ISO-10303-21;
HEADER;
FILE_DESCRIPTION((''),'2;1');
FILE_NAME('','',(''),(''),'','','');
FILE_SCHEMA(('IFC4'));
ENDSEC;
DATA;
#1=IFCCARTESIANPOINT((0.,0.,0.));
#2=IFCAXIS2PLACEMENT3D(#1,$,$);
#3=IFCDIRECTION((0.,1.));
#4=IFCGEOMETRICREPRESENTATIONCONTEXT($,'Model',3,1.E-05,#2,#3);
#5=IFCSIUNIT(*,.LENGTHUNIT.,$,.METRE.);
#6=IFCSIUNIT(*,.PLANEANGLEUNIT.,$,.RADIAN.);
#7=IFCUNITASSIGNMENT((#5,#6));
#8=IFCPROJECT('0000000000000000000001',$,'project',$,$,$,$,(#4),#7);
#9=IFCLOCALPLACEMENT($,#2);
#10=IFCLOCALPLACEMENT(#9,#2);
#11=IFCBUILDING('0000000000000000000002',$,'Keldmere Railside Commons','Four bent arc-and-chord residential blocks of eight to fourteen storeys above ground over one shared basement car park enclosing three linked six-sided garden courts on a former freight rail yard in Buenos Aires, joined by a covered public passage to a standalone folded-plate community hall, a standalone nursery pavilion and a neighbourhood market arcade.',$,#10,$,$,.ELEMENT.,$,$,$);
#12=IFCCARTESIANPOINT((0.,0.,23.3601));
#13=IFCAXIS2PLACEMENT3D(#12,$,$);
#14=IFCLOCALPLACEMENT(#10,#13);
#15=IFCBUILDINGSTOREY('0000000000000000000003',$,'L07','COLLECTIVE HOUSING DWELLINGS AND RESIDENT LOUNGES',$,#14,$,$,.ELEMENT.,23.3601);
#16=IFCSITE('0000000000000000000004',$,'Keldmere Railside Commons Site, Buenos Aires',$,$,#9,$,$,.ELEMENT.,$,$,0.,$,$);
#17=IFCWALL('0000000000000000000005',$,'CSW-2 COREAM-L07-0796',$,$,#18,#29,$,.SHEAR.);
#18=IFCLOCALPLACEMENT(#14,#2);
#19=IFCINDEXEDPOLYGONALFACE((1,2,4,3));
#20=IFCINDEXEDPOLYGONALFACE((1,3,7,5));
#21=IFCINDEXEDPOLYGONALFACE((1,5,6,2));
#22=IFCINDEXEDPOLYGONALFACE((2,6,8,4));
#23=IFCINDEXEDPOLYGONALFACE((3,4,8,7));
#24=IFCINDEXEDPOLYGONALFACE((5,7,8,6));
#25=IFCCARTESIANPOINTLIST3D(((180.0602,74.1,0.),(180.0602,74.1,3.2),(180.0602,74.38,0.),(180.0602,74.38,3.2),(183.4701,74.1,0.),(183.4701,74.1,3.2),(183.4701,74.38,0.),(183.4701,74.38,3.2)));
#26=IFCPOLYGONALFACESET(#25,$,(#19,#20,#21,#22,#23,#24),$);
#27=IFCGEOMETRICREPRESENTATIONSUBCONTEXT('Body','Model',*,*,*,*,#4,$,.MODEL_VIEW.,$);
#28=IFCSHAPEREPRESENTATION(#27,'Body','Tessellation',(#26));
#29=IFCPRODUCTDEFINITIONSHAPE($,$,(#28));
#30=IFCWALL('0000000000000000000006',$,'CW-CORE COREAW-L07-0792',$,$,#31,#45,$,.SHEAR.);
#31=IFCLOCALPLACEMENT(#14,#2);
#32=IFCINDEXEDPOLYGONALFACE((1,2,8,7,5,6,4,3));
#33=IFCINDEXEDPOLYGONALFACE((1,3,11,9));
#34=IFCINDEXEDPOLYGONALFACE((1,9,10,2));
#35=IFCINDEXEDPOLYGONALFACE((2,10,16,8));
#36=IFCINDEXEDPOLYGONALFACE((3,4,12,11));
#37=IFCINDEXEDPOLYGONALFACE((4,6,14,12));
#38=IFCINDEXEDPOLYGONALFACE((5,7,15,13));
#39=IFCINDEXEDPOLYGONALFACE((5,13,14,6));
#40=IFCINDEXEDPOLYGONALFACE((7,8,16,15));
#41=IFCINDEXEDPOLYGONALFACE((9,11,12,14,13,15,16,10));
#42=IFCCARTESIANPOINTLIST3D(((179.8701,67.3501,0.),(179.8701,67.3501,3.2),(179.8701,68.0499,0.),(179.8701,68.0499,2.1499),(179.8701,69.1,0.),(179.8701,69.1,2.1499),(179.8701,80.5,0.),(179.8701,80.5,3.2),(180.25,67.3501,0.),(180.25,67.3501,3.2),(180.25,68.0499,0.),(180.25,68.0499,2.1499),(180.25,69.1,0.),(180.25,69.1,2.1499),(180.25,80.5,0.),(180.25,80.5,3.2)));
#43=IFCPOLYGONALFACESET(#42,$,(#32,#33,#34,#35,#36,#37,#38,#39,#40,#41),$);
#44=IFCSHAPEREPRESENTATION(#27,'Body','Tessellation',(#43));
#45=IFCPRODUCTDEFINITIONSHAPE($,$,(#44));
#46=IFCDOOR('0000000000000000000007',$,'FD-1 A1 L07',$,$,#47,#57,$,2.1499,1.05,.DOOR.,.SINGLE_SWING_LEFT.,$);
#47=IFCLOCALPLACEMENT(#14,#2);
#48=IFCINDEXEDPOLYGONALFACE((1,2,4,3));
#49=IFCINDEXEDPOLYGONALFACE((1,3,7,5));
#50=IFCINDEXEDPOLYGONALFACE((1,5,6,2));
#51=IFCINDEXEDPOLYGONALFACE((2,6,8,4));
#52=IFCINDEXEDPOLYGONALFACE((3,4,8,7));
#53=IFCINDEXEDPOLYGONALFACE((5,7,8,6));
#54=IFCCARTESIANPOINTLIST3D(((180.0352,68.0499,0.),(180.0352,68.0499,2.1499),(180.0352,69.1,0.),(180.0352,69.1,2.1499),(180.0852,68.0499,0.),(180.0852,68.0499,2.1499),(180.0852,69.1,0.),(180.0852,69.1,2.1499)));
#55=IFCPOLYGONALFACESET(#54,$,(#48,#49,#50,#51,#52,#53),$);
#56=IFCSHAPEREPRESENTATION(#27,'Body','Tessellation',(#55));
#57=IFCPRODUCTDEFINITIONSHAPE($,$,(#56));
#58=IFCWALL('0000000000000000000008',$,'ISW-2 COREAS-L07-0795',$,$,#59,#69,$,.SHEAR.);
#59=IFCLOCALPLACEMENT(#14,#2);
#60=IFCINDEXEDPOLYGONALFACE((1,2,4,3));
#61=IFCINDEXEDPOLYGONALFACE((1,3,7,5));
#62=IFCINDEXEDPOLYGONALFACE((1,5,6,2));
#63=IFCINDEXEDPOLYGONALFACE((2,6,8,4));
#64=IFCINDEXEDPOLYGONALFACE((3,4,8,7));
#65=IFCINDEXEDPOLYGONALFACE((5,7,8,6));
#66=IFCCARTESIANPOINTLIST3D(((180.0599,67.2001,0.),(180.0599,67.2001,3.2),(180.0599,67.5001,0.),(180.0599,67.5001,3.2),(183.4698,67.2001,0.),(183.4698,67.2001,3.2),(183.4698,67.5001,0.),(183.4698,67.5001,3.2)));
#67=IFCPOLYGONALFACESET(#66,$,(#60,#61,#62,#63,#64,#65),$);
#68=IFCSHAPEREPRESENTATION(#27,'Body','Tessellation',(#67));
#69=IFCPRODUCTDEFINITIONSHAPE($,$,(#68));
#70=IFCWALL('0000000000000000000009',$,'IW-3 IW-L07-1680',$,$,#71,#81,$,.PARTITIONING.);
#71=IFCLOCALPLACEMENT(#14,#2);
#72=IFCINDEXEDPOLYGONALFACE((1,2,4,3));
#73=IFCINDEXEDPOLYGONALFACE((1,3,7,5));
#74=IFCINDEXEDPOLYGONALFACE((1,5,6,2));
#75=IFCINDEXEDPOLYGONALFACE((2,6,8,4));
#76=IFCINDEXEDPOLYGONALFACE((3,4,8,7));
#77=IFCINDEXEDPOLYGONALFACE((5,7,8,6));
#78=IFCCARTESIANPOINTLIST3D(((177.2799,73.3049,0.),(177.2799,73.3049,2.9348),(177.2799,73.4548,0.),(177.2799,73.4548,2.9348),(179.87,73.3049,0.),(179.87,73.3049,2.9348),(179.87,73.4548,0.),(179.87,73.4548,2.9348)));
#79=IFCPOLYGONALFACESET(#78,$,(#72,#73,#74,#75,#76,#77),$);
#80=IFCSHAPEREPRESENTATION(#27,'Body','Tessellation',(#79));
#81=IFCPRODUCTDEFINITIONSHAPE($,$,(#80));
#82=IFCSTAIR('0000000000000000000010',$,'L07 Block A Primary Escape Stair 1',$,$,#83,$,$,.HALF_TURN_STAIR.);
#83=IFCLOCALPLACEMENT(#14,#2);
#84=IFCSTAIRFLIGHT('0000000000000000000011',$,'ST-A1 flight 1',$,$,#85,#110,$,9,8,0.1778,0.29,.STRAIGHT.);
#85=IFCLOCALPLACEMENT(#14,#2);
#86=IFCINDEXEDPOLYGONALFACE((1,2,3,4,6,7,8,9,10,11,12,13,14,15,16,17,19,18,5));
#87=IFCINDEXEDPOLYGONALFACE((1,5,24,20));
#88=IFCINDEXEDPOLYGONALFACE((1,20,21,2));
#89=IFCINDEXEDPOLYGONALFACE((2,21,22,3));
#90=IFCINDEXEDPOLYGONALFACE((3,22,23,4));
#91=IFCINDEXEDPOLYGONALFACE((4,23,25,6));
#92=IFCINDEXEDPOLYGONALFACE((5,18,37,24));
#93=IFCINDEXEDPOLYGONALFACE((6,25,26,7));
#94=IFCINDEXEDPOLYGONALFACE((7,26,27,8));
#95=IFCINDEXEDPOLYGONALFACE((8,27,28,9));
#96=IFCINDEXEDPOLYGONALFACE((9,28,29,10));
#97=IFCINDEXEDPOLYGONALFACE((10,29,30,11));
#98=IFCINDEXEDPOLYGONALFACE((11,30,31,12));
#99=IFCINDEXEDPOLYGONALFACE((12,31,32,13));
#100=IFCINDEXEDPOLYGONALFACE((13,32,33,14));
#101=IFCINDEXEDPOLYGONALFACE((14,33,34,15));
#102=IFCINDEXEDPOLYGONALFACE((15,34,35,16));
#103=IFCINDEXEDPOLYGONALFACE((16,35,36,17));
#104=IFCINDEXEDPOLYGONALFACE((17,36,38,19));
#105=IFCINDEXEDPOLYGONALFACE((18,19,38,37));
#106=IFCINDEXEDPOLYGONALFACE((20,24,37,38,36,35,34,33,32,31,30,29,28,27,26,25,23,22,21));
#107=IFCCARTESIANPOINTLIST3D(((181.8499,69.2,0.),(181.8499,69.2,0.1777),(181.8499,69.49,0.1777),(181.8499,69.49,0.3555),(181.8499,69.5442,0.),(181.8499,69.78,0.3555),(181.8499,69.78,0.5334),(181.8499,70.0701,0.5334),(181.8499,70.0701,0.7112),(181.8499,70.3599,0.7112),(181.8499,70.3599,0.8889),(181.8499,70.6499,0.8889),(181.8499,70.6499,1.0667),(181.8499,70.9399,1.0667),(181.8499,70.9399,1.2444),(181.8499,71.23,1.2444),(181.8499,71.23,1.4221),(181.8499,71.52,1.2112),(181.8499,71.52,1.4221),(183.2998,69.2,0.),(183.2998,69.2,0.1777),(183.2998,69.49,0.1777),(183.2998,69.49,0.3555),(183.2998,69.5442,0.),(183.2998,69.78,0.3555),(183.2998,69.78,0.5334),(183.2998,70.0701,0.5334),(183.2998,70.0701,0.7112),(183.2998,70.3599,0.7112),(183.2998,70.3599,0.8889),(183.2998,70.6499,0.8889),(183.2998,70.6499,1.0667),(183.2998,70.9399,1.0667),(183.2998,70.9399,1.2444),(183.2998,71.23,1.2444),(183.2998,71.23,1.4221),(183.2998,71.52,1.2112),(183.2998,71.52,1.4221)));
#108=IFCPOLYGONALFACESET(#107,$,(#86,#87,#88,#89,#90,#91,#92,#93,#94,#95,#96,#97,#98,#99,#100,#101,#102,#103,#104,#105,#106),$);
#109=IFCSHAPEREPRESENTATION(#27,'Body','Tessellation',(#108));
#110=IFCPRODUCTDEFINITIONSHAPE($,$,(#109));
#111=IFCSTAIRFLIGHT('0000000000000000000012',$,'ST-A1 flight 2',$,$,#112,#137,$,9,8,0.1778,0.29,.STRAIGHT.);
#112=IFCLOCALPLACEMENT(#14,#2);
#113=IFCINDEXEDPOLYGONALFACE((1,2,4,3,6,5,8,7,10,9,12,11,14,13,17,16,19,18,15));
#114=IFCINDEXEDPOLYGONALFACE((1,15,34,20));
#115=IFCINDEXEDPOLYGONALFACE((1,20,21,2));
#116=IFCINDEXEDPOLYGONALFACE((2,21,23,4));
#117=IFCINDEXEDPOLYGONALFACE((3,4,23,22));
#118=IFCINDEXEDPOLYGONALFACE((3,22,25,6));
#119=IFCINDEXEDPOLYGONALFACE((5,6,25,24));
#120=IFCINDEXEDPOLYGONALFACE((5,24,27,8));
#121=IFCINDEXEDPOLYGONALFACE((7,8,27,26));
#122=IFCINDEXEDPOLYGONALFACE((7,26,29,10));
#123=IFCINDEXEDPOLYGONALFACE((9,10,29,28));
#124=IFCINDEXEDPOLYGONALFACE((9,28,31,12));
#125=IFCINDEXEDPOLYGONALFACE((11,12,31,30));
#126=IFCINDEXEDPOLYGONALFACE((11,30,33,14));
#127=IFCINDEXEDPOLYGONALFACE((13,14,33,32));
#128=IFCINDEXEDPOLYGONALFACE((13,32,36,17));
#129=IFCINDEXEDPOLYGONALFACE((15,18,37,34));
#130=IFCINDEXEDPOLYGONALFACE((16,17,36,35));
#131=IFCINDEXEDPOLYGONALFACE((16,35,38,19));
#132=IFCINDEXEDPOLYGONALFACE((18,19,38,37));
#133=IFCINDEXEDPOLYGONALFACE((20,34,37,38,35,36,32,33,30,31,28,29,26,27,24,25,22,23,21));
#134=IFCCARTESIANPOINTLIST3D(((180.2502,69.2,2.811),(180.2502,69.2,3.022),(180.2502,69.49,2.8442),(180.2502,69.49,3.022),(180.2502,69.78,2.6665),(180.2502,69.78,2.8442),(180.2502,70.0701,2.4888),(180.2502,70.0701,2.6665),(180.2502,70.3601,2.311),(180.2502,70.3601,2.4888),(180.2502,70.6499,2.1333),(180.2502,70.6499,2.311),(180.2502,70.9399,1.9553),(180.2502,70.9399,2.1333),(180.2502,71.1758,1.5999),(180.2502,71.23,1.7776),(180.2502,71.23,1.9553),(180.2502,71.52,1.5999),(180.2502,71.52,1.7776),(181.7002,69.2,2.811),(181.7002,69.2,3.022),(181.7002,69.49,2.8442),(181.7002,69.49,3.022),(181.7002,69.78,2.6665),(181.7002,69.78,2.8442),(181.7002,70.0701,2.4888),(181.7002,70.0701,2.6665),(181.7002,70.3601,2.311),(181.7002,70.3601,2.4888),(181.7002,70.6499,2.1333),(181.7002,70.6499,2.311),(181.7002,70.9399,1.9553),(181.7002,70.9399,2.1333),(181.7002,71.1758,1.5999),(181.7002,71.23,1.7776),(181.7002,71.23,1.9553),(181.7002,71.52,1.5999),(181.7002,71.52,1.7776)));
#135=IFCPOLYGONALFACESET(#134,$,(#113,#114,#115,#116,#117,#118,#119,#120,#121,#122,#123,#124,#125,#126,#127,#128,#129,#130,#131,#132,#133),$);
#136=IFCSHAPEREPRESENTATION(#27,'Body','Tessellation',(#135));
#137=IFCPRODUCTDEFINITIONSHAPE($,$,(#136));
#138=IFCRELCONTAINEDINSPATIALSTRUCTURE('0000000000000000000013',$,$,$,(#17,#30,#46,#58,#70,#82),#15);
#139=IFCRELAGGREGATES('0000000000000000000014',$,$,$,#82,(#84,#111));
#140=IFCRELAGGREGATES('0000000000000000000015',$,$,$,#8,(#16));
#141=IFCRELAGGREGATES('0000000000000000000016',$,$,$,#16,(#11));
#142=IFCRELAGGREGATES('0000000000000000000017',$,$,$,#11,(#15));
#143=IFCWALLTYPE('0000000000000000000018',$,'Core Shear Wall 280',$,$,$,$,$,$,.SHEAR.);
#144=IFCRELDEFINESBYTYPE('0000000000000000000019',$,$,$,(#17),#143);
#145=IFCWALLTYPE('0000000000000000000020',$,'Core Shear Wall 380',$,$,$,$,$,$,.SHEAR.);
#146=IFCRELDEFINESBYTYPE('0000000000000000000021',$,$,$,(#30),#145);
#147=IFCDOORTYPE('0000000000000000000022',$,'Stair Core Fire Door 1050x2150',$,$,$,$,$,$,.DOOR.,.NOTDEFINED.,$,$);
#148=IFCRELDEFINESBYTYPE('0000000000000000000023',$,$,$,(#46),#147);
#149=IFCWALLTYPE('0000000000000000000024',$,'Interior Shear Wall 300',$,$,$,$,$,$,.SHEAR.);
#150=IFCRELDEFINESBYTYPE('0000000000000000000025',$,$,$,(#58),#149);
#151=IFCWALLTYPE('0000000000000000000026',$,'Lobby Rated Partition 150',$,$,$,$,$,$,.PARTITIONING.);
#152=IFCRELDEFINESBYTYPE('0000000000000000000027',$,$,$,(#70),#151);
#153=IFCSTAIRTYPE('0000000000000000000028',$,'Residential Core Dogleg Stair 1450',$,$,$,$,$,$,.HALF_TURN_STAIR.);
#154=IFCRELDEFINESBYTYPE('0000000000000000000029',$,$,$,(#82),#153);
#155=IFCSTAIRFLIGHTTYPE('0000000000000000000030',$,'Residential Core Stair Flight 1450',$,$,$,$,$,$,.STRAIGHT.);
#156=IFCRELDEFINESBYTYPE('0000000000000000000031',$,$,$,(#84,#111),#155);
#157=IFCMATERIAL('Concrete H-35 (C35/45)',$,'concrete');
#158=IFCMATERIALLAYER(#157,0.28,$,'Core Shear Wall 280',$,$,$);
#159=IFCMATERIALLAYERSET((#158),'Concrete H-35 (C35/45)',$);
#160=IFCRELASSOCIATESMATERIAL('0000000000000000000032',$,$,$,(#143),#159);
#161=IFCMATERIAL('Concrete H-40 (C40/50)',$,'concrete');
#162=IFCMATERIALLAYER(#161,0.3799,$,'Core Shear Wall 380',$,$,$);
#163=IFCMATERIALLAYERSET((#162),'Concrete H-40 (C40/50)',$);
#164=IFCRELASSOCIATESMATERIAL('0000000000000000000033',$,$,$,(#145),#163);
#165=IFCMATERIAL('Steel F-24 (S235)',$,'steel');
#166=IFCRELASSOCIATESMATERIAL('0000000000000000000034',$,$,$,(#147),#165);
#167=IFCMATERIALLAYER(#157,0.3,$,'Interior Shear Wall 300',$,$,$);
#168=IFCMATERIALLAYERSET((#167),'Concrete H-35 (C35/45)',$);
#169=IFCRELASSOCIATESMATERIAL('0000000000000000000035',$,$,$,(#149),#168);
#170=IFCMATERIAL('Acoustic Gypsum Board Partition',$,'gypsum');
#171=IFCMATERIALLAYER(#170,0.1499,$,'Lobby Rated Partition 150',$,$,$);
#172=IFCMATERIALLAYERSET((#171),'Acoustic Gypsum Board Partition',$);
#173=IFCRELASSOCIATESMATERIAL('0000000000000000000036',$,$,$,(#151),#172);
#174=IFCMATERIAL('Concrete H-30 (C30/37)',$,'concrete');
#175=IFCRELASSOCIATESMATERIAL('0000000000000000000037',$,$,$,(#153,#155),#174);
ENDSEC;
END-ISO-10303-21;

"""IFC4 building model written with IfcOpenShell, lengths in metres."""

from ifc_helpers import new_model, si_unit, direction, frame, frame_2d, origin, place, context, subcontext, project, spatial, polyline, rectangle, outline, extrude, material, layer, layer_set, type_object, element, fill, aggregate, save


model = new_model("IFC4")

# Units and contexts
model_context = context("Model", 3, precision=1e-05, world=origin(), true_north=direction((0.0, 1.0)))
body_context = subcontext(model_context, "Body", "Model", "MODEL_VIEW")
ifc_project = project(units=[si_unit("LENGTHUNIT", "METRE"), si_unit("PLANEANGLEUNIT", "RADIAN")], contexts=[model_context])

# Site, building, storey
site_placement = place(None, origin())
site = spatial("IfcSite", under=ifc_project, at=site_placement, Name="Keldmere Railside Commons Site, Buenos Aires", CompositionType="ELEMENT", RefElevation=0.0)
building_placement = place(site_placement, origin())
building = spatial("IfcBuilding", under=site, at=building_placement, Name="Keldmere Railside Commons", Description="Four bent arc-and-chord residential blocks of eight to fourteen storeys above ground over one shared basement car park enclosing three linked six-sided garden courts on a former freight rail yard in Buenos Aires, joined by a covered public passage to a standalone folded-plate community hall, a standalone nursery pavilion and a neighbourhood market arcade.", CompositionType="ELEMENT")
storey_placement = place(building_placement, frame((0.0, 0.0, 23.3601)))
storey = spatial("IfcBuildingStorey", under=building, at=storey_placement, Name="L07", Description="COLLECTIVE HOUSING DWELLINGS AND RESIDENT LOUNGES", CompositionType="ELEMENT", Elevation=23.3601)

# Wall
ifc_material_1 = material(Name="Concrete H-35 (C35/45)", Category="concrete")
ifc_layer_1 = layer(ifc_material_1, 0.28, Name="Core Shear Wall 280")
ifc_layer_set_1 = layer_set([ifc_layer_1], Name="Concrete H-35 (C35/45)")
wall_type_1 = type_object("IfcWallType", Name="Core Shear Wall 280", PredefinedType="SHEAR", material=ifc_layer_set_1)
wall_1_placement = place(storey_placement, frame((180.0601, 74.24, 0.0), z_axis=(0.0, 0.0, 1.0), x_axis=(1.0, 0.0, 0.0)))
element("IfcWall", 1, at=wall_1_placement, inside=storey, type_object=wall_type_1, Name="CSW-2 COREAM-L07-0796", PredefinedType="SHEAR", context=body_context, shape_type="SweptSolid", body=[
    extrude(rectangle(XDim=3.4099, YDim=0.28, at=frame_2d((1.7051, 0.0))), origin(), (0.0, 0.0, 1.0), 3.2),
])

# Wall, opening, door
ifc_material_2 = material(Name="Concrete H-40 (C40/50)", Category="concrete")
ifc_layer_2 = layer(ifc_material_2, 0.3799, Name="Core Shear Wall 380")
ifc_layer_set_2 = layer_set([ifc_layer_2], Name="Concrete H-40 (C40/50)")
wall_type_2 = type_object("IfcWallType", Name="Core Shear Wall 380", PredefinedType="SHEAR", material=ifc_layer_set_2)
wall_2_placement = place(storey_placement, frame((180.0601, 67.3501, 0.0), z_axis=(0.0, 0.0, 1.0), x_axis=(0.0, 1.0, 0.0)))
wall_2 = element("IfcWall", 2, at=wall_2_placement, inside=storey, type_object=wall_type_2, Name="CW-CORE COREAW-L07-0792", PredefinedType="SHEAR", context=body_context, shape_type="SweptSolid", body=[
    extrude(rectangle(XDim=13.1499, YDim=0.3799, at=frame_2d((6.575, 0.0))), origin(), (0.0, 0.0, 1.0), 3.2),
])
opening_placement = place(wall_2_placement, frame((0.7, 0.0, 0.0)))
opening = element("IfcOpeningElement", 3, at=opening_placement, cuts=wall_2, PredefinedType="OPENING", context=body_context, shape_type="SweptSolid", body=[
    extrude(rectangle(XDim=1.05, YDim=2.1499, at=frame_2d((0.5249, 1.075))), frame((0.0, 0.2, 0.0), z_axis=(0.0, -1.0, 0.0), x_axis=(1.0, 0.0, 0.0)), (0.0, 0.0, 1.0), 0.3999),
])
ifc_material_3 = material(Name="Steel F-24 (S235)", Category="steel")
door_type = type_object("IfcDoorType", Name="Stair Core Fire Door 1050x2150", OperationType="NOTDEFINED", PredefinedType="DOOR", material=ifc_material_3)
door_placement = place(opening_placement, origin())
door = element("IfcDoor", 4, at=door_placement, inside=storey, type_object=door_type, Name="FD-1 A1 L07", OperationType="SINGLE_SWING_LEFT", OverallHeight=2.1499, OverallWidth=1.05, PredefinedType="DOOR", context=body_context, shape_type="SweptSolid", body=[
    extrude(rectangle(XDim=1.05, YDim=2.1499, at=frame_2d((0.5249, 1.075))), frame((0.0, 0.0249, 0.0), z_axis=(0.0, -1.0, 0.0), x_axis=(1.0, 0.0, 0.0)), (0.0, 0.0, 1.0), 0.05),
])
fill(opening, door)

# Walls
ifc_layer_3 = layer(ifc_material_1, 0.3, Name="Interior Shear Wall 300")
ifc_layer_set_3 = layer_set([ifc_layer_3], Name="Concrete H-35 (C35/45)")
wall_type_3 = type_object("IfcWallType", Name="Interior Shear Wall 300", PredefinedType="SHEAR", material=ifc_layer_set_3)
wall_3_placement = place(storey_placement, frame((183.47, 67.3501, 0.0), z_axis=(0.0, 0.0, 1.0), x_axis=(-1.0, 0.0, 0.0)))
element("IfcWall", 5, at=wall_3_placement, inside=storey, type_object=wall_type_3, Name="ISW-2 COREAS-L07-0795", PredefinedType="SHEAR", context=body_context, shape_type="SweptSolid", body=[
    extrude(rectangle(XDim=3.4099, YDim=0.3, at=frame_2d((1.7051, 0.0))), origin(), (0.0, 0.0, 1.0), 3.2),
])
ifc_material_4 = material(Name="Acoustic Gypsum Board Partition", Category="gypsum")
ifc_layer_4 = layer(ifc_material_4, 0.1499, Name="Lobby Rated Partition 150")
ifc_layer_set_4 = layer_set([ifc_layer_4], Name="Acoustic Gypsum Board Partition")
wall_type_4 = type_object("IfcWallType", Name="Lobby Rated Partition 150", PredefinedType="PARTITIONING", material=ifc_layer_set_4)
wall_4_placement = place(storey_placement, frame((177.28, 73.3799, 0.0), z_axis=(0.0, 0.0, 1.0), x_axis=(1.0, 0.0, 0.0)))
element("IfcWall", 6, at=wall_4_placement, inside=storey, type_object=wall_type_4, Name="IW-3 IW-L07-1680", PredefinedType="PARTITIONING", context=body_context, shape_type="SweptSolid", body=[
    extrude(rectangle(XDim=2.5901, YDim=0.1499, at=frame_2d((1.2949, 0.0))), origin(), (0.0, 0.0, 1.0), 2.9348),
])

# Stair, stair flights
ifc_material_5 = material(Name="Concrete H-30 (C30/37)", Category="concrete")
stair_type = type_object("IfcStairType", Name="Residential Core Dogleg Stair 1450", PredefinedType="HALF_TURN_STAIR", material=ifc_material_5)
stair_placement = place(storey_placement, origin())
stair = element("IfcStair", 7, at=stair_placement, inside=storey, type_object=stair_type, Name="L07 Block A Primary Escape Stair 1", PredefinedType="HALF_TURN_STAIR")
stair_flight_type = type_object("IfcStairFlightType", Name="Residential Core Stair Flight 1450", PredefinedType="STRAIGHT", material=ifc_material_5)
stair_flight_1_placement = place(storey_placement, frame((182.575, 69.2, 0.0), z_axis=(0.0, 0.0, 1.0), x_axis=(0.0, 1.0, 0.0)))
stair_flight_1 = element("IfcStairFlight", 8, at=stair_flight_1_placement, type_object=stair_flight_type, Name="ST-A1 flight 1", NumberOfRisers=9, NumberOfTreads=8, PredefinedType="STRAIGHT", RiserHeight=0.1778, TreadLength=0.29, context=body_context, shape_type="SweptSolid", body=[
    extrude(outline(polyline([(0.0, 0.0), (0.0, 0.1777), (0.29, 0.1777), (0.29, 0.3555), (0.5801, 0.3555), (0.5801, 0.5334), (0.8701, 0.5334), (0.8701, 0.7112), (1.1599, 0.7112), (1.1599, 0.8889), (1.45, 0.8889), (1.45, 1.0667), (1.74, 1.0667), (1.74, 1.2444), (2.03, 1.2444), (2.03, 1.4221), (2.3201, 1.4221), (2.3201, 1.6001), (2.3201, 1.2112), (0.3442, 0.0), (0.0, 0.0)])), frame((0.0, 0.7251, 0.0), z_axis=(0.0, -1.0, 0.0), x_axis=(1.0, 0.0, 0.0)), (0.0, 0.0, 1.0), 1.45),
])
stair_flight_2_placement = place(storey_placement, frame((180.9751, 71.52, 1.5999), z_axis=(0.0, 0.0, 1.0), x_axis=(0.0, -1.0, 0.0)))
stair_flight_2 = element("IfcStairFlight", 9, at=stair_flight_2_placement, type_object=stair_flight_type, Name="ST-A1 flight 2", NumberOfRisers=9, NumberOfTreads=8, PredefinedType="STRAIGHT", RiserHeight=0.1778, TreadLength=0.29, context=body_context, shape_type="SweptSolid", body=[
    extrude(outline(polyline([(0.0, 0.0), (0.0, 0.1777), (0.29, 0.1777), (0.29, 0.3555), (0.5801, 0.3555), (0.5801, 0.5334), (0.8701, 0.5334), (0.8701, 0.7112), (1.1599, 0.7112), (1.1599, 0.8889), (1.45, 0.8889), (1.45, 1.0667), (1.74, 1.0667), (1.74, 1.2444), (2.03, 1.2444), (2.03, 1.4221), (2.3201, 1.4221), (2.3201, 1.6001), (2.3201, 1.2112), (0.3442, 0.0), (0.0, 0.0)])), frame((0.0, 0.7251, 0.0), z_axis=(0.0, -1.0, 0.0), x_axis=(1.0, 0.0, 0.0)), (0.0, 0.0, 1.0), 1.45),
])
aggregate(stair, [stair_flight_1, stair_flight_2])

save(model, "model.ifc")
